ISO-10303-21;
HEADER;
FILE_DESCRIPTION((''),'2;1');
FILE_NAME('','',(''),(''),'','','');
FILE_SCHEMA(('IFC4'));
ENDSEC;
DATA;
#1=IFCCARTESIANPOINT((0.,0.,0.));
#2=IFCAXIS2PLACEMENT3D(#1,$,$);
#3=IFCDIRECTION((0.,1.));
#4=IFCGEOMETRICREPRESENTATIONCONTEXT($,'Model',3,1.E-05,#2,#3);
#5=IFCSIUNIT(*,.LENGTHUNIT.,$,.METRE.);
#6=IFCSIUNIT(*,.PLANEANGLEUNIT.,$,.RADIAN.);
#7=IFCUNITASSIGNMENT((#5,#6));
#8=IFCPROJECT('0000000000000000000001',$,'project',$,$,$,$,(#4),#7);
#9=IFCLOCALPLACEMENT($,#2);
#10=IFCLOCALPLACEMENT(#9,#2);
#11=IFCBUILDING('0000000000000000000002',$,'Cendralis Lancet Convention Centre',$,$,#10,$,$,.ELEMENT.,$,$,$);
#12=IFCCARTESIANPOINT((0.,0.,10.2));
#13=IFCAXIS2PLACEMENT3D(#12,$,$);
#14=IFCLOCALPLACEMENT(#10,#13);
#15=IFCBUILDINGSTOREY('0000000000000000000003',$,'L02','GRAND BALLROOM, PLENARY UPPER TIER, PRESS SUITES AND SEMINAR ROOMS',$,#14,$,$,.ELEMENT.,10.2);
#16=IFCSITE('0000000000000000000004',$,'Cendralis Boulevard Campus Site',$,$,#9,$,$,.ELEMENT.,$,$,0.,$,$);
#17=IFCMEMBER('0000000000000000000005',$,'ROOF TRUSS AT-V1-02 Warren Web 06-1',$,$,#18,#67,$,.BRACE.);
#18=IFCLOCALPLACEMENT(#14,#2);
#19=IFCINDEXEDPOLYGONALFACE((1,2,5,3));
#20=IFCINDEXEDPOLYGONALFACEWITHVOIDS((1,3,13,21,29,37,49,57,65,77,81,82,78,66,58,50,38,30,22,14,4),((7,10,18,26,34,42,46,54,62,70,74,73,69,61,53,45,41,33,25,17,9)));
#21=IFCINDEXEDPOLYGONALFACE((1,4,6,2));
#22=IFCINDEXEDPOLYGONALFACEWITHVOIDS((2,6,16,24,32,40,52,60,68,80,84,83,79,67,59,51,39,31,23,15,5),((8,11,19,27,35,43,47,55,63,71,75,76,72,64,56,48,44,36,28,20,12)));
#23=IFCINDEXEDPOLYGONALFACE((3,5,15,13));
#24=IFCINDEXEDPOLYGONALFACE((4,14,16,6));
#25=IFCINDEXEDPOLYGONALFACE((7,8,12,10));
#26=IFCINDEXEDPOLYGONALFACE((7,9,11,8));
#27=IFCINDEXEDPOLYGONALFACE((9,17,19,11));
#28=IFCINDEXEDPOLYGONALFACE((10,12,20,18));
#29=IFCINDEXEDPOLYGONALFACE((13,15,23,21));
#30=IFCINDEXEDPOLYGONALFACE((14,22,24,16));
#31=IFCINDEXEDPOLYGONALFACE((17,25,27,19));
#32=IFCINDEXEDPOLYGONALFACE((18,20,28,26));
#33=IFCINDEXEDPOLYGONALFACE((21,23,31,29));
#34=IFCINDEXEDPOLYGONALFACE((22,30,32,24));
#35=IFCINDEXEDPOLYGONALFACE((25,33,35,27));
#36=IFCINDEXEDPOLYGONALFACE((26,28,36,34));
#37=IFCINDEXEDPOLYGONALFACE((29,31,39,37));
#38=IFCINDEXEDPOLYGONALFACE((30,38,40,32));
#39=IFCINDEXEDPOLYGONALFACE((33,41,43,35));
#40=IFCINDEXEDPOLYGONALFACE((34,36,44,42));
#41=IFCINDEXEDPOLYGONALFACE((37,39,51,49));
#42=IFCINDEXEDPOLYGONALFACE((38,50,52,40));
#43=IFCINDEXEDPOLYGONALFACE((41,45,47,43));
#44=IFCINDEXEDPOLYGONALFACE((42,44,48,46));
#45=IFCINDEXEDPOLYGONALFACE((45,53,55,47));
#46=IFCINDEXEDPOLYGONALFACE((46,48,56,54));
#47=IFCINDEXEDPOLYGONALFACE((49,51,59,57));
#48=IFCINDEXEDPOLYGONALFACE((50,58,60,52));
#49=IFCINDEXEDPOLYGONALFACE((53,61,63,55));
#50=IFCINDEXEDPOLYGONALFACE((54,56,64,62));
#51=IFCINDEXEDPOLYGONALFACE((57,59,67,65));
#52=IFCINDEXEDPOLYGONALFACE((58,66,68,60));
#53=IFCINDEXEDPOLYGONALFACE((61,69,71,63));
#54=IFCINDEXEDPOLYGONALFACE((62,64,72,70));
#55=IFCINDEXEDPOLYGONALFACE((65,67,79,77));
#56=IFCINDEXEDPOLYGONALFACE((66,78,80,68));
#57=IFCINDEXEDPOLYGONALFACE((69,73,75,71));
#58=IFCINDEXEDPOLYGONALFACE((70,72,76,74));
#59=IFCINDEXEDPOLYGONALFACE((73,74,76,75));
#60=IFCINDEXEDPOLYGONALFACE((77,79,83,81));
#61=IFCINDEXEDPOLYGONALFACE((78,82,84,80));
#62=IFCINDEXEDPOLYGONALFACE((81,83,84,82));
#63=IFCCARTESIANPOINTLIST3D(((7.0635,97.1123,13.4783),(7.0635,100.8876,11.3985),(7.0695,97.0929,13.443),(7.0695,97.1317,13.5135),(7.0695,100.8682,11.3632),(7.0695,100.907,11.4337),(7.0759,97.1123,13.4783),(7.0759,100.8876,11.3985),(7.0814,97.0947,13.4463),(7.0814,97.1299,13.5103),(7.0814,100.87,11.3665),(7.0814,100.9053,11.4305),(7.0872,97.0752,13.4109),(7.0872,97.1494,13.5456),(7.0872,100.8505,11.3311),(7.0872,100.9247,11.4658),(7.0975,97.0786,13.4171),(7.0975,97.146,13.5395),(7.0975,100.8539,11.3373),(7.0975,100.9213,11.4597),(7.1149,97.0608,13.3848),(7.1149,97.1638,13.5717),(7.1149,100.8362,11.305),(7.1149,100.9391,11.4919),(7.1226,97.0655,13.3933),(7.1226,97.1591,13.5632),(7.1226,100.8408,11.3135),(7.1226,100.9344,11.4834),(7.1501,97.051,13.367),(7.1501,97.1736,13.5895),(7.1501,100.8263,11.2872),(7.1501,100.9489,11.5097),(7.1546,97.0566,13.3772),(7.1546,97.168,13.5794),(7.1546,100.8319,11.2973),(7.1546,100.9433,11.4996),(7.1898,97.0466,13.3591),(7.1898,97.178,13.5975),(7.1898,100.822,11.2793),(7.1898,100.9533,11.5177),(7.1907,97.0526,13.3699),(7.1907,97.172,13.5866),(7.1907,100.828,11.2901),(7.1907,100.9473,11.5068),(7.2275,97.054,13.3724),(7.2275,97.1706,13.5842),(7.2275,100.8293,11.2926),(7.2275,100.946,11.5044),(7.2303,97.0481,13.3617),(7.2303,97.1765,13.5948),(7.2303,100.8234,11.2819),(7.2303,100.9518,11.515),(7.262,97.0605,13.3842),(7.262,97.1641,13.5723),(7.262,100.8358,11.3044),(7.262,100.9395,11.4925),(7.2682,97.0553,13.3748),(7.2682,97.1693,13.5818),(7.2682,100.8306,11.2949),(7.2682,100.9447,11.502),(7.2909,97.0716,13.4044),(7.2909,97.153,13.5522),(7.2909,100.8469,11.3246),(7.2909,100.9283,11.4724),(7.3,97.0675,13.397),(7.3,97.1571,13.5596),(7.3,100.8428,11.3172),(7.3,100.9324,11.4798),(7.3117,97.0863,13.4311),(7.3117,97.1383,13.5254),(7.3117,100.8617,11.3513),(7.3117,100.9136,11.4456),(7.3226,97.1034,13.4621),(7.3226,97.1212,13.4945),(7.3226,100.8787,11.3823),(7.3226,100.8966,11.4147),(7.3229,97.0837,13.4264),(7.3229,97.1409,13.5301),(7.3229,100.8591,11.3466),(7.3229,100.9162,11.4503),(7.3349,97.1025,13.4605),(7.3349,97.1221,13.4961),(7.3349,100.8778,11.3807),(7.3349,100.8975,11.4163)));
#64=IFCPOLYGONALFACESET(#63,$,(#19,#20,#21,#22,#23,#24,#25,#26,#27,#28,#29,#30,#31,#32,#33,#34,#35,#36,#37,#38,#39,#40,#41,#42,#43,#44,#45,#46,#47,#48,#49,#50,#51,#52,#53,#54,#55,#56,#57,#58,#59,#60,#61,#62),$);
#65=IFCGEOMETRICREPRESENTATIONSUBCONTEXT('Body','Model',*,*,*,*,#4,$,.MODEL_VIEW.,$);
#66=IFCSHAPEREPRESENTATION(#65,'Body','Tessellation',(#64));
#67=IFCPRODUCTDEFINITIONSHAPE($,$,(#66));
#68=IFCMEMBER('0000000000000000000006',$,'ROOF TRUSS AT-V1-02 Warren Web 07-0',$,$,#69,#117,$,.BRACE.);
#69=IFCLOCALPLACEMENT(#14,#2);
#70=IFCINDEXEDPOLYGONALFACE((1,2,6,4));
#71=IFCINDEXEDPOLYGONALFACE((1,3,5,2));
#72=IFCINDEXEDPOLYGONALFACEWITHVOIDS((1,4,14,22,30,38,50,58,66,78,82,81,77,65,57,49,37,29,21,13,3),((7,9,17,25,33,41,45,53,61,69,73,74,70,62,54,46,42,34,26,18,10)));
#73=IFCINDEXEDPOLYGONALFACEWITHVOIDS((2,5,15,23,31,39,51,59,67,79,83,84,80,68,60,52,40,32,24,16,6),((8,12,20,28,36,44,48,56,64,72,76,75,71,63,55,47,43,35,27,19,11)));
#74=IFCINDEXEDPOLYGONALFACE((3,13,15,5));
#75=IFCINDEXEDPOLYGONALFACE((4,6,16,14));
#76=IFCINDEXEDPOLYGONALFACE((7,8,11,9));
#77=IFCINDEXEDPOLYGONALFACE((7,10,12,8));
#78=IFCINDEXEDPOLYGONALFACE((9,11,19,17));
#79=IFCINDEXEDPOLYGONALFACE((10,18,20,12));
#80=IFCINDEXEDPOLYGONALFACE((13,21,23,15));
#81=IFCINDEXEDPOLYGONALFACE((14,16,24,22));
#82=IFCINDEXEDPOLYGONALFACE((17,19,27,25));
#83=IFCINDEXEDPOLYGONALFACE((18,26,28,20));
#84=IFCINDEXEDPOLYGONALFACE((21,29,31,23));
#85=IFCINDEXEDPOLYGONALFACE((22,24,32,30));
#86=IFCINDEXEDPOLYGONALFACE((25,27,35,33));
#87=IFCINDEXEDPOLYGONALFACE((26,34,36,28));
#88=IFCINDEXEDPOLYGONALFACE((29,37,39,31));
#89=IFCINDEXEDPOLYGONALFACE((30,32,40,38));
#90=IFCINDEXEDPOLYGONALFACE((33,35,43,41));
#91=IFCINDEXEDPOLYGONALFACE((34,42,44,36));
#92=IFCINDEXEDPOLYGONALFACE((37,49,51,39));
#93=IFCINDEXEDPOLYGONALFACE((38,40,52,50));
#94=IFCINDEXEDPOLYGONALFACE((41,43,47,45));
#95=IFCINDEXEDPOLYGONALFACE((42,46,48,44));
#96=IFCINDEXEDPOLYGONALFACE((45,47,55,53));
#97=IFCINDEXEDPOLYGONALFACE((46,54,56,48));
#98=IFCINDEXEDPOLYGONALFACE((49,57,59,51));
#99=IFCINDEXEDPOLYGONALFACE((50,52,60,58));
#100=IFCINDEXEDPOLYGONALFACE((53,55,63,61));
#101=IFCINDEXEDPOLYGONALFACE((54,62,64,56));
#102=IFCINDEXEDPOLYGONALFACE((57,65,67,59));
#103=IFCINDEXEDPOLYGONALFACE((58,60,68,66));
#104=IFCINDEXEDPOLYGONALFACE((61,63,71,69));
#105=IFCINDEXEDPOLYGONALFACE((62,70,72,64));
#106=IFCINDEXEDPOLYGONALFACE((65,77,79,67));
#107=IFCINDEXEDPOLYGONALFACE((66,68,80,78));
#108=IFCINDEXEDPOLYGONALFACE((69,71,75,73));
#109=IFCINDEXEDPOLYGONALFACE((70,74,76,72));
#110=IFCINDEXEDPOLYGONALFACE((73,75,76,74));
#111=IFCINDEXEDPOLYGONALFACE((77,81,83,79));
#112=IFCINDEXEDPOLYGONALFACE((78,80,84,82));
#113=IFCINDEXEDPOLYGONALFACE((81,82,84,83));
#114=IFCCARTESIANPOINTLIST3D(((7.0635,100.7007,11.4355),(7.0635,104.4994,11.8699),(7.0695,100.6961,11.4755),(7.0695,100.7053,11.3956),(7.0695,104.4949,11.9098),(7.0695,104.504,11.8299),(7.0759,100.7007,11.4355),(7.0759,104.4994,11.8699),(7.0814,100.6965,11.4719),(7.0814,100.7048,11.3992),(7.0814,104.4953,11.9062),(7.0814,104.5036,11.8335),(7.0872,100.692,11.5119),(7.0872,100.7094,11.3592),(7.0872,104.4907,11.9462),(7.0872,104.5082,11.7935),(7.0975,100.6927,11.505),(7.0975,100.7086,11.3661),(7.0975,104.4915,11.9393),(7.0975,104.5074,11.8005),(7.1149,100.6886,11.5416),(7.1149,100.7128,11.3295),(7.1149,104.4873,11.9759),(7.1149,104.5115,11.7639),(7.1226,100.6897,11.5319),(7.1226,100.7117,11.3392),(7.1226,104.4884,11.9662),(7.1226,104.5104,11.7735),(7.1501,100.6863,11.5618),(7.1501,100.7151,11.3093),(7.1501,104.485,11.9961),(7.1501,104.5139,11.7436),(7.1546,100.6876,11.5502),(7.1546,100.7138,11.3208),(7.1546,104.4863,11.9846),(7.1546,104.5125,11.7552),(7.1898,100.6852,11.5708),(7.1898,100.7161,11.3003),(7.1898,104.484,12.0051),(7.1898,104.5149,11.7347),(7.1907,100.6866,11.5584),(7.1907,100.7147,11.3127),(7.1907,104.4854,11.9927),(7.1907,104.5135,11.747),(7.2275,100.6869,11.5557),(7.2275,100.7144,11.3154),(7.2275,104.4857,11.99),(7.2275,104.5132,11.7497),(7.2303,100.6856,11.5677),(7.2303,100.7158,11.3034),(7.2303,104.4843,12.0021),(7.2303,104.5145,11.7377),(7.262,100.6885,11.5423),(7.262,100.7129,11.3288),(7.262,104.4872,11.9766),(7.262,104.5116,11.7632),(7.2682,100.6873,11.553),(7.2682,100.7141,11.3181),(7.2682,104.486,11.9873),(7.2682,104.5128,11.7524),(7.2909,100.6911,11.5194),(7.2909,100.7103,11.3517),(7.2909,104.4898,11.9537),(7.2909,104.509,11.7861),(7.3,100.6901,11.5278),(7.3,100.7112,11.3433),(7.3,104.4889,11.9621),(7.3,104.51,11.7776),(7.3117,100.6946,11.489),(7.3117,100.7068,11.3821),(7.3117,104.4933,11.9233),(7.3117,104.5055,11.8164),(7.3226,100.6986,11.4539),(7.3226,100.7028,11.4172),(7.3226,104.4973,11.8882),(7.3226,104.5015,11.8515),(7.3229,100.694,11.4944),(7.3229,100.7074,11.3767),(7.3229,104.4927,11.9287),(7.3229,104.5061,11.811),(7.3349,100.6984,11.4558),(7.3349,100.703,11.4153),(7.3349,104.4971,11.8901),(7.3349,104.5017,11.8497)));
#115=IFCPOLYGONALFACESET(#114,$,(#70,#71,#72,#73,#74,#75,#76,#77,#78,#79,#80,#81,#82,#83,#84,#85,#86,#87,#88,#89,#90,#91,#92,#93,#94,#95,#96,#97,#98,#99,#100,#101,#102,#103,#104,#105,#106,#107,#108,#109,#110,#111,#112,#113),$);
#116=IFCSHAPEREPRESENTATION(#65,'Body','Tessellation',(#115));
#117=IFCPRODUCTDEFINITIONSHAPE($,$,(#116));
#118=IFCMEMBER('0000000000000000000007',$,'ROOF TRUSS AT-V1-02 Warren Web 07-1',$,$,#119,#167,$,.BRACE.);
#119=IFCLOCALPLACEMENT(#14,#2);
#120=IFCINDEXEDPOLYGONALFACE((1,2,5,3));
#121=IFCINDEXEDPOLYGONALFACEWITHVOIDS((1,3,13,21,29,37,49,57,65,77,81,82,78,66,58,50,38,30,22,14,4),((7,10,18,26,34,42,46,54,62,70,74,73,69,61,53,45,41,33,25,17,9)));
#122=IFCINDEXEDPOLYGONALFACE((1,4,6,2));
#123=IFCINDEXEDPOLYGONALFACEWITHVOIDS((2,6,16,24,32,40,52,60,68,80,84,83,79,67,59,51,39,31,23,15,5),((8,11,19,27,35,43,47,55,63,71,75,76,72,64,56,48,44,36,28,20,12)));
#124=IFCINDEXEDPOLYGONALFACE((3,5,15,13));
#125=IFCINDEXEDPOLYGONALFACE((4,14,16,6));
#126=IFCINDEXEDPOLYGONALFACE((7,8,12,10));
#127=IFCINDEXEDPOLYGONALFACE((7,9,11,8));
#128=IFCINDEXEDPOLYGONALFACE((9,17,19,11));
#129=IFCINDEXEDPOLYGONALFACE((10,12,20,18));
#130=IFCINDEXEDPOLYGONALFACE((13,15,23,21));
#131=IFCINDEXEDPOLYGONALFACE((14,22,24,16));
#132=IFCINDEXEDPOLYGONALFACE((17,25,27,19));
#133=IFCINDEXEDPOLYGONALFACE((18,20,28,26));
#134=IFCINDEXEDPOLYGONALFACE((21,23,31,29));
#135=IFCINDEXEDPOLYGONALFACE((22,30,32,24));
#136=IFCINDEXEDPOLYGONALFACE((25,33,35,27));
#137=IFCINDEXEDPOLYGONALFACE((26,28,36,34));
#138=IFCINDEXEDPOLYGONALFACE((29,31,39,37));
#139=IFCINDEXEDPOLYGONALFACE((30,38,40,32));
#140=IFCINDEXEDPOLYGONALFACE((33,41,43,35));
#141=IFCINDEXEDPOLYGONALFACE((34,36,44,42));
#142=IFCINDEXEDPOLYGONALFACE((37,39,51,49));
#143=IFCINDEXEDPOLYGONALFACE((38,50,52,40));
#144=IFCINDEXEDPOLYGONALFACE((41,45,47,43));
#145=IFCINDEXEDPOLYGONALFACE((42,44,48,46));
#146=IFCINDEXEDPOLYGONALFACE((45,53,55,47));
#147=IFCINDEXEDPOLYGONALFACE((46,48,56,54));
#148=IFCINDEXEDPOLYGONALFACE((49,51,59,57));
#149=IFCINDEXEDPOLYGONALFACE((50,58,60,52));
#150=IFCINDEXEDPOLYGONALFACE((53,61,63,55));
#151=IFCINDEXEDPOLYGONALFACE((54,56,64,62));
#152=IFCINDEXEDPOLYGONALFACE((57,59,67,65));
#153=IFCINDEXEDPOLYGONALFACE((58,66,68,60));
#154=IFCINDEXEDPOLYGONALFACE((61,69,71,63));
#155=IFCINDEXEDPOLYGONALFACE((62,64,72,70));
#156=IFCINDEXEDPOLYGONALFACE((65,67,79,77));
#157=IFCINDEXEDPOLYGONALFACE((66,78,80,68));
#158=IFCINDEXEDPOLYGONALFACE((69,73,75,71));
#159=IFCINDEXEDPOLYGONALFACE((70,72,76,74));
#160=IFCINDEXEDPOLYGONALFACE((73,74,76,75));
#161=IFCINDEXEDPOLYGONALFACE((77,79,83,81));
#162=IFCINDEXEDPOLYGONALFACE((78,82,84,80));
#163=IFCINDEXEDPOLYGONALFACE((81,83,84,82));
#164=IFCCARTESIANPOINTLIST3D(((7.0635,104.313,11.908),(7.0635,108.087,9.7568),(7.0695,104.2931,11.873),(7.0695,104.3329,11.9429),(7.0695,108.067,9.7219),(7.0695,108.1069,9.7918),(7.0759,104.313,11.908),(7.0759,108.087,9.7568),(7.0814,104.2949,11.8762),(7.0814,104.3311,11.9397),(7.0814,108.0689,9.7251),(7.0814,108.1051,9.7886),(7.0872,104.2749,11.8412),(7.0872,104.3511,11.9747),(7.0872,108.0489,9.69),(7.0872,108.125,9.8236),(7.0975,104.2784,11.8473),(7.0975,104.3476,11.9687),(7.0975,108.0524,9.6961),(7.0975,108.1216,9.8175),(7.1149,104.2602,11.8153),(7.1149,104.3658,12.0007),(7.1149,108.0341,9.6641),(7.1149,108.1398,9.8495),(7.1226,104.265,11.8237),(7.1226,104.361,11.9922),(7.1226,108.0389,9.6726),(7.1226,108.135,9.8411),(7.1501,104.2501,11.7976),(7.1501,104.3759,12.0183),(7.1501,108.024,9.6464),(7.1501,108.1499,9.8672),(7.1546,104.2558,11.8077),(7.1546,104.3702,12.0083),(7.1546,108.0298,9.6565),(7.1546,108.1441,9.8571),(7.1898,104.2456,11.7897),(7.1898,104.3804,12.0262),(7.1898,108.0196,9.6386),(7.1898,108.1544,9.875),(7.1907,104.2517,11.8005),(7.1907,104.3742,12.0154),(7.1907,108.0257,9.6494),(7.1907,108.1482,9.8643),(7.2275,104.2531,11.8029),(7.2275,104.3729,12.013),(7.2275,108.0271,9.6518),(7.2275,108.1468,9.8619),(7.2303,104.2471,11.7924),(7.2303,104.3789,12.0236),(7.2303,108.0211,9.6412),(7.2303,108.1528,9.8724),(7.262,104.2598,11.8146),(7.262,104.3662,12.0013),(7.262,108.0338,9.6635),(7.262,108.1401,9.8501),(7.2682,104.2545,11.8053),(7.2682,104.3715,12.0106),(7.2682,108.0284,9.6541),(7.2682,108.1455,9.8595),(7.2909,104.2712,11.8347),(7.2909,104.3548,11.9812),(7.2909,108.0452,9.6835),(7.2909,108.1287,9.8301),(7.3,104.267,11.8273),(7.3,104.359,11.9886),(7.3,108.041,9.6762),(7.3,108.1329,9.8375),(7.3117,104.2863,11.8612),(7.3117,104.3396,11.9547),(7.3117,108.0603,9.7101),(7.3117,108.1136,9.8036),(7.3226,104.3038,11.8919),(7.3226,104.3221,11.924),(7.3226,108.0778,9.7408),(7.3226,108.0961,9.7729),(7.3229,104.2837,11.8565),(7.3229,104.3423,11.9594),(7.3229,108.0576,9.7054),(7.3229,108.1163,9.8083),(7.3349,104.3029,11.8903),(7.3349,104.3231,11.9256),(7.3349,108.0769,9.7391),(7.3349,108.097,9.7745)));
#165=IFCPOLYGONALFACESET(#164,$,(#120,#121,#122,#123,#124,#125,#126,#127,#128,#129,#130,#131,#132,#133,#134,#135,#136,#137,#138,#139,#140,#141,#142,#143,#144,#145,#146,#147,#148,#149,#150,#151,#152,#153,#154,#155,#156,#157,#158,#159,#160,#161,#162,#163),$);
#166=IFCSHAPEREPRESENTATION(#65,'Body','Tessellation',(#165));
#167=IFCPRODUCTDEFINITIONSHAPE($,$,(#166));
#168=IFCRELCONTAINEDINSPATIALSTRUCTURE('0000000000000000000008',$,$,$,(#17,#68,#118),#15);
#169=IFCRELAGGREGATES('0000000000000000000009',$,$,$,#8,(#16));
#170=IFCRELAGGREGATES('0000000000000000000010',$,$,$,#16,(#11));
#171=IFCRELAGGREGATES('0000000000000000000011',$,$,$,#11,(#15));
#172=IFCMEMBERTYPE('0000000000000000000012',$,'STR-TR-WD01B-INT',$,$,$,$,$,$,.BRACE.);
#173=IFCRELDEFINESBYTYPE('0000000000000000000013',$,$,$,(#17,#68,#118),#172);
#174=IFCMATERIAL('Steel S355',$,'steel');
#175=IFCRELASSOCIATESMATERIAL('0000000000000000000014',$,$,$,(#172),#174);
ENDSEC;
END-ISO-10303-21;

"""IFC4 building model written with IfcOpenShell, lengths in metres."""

from ifc_helpers import new_model, si_unit, direction, frame, origin, origin_2d, place, context, subcontext, project, spatial, hollow_circle, extrude, material, material_profile, profile_set, type_object, element, save


model = new_model("IFC4")

# Units and contexts
model_context = context("Model", 3, precision=1e-05, world=origin(), true_north=direction((0.0, 1.0)))
body_context = subcontext(model_context, "Body", "Model", "MODEL_VIEW")
ifc_project = project(units=[si_unit("LENGTHUNIT", "METRE"), si_unit("PLANEANGLEUNIT", "RADIAN")], contexts=[model_context])

# Site, building, storey
site_placement = place(None, origin())
site = spatial("IfcSite", under=ifc_project, at=site_placement, Name="Cendralis Boulevard Campus Site", CompositionType="ELEMENT", RefElevation=0.0)
building_placement = place(site_placement, origin())
building = spatial("IfcBuilding", under=site, at=building_placement, Name="Cendralis Lancet Convention Centre", CompositionType="ELEMENT")
storey_placement = place(building_placement, frame((0.0, 0.0, 10.2)))
storey = spatial("IfcBuildingStorey", under=building, at=storey_placement, Name="L02", Description="GRAND BALLROOM, PLENARY UPPER TIER, PRESS SUITES AND SEMINAR ROOMS", CompositionType="ELEMENT", Elevation=10.2)

# Members
ifc_material = material(Name="Steel S355", Category="steel")
ifc_material_profile_1 = material_profile(ifc_material, hollow_circle(Radius=0.1365, WallThickness=0.0125, at=origin_2d()), Name="CHS 273.0x12.5")
ifc_profile_set_1 = profile_set([ifc_material_profile_1], Name="Steel S355")
member_type_1 = type_object("IfcMemberType", Name="STR-TR-WD01B-INT", PredefinedType="BRACE", material=ifc_profile_set_1)
member_1_placement = place(storey_placement, frame((7.2, 97.1123, 13.4783), z_axis=(0.0, 0.875886, -0.482519), x_axis=(-1.0, 0.0, 0.0)))
element("IfcMember", 1, at=member_1_placement, inside=storey, type_object=member_type_1, Name="ROOF TRUSS AT-V1-02 Warren Web 06-1", PredefinedType="BRACE", context=body_context, shape_type="SweptSolid", body=[
    extrude(hollow_circle(Radius=0.1365, WallThickness=0.0125, at=origin_2d()), origin(), (0.0, 0.0, 1.0), 4.3103),
])
member_2_placement = place(storey_placement, frame((7.2, 100.7007, 11.4355), z_axis=(0.0, 0.993528, 0.113592), x_axis=(-1.0, 0.0, 0.0)))
element("IfcMember", 2, at=member_2_placement, inside=storey, type_object=member_type_1, Name="ROOF TRUSS AT-V1-02 Warren Web 07-0", PredefinedType="BRACE", context=body_context, shape_type="SweptSolid", body=[
    extrude(hollow_circle(Radius=0.1365, WallThickness=0.0125, at=origin_2d()), origin(), (0.0, 0.0, 1.0), 3.8235),
])
member_3_placement = place(storey_placement, frame((7.2, 104.313, 11.908), z_axis=(0.0, 0.868779, -0.4952), x_axis=(-1.0, 0.0, 0.0)))
element("IfcMember", 3, at=member_3_placement, inside=storey, type_object=member_type_1, Name="ROOF TRUSS AT-V1-02 Warren Web 07-1", PredefinedType="BRACE", context=body_context, shape_type="SweptSolid", body=[
    extrude(hollow_circle(Radius=0.1365, WallThickness=0.0125, at=origin_2d()), origin(), (0.0, 0.0, 1.0), 4.344),
])

save(model, "model.ifc")
